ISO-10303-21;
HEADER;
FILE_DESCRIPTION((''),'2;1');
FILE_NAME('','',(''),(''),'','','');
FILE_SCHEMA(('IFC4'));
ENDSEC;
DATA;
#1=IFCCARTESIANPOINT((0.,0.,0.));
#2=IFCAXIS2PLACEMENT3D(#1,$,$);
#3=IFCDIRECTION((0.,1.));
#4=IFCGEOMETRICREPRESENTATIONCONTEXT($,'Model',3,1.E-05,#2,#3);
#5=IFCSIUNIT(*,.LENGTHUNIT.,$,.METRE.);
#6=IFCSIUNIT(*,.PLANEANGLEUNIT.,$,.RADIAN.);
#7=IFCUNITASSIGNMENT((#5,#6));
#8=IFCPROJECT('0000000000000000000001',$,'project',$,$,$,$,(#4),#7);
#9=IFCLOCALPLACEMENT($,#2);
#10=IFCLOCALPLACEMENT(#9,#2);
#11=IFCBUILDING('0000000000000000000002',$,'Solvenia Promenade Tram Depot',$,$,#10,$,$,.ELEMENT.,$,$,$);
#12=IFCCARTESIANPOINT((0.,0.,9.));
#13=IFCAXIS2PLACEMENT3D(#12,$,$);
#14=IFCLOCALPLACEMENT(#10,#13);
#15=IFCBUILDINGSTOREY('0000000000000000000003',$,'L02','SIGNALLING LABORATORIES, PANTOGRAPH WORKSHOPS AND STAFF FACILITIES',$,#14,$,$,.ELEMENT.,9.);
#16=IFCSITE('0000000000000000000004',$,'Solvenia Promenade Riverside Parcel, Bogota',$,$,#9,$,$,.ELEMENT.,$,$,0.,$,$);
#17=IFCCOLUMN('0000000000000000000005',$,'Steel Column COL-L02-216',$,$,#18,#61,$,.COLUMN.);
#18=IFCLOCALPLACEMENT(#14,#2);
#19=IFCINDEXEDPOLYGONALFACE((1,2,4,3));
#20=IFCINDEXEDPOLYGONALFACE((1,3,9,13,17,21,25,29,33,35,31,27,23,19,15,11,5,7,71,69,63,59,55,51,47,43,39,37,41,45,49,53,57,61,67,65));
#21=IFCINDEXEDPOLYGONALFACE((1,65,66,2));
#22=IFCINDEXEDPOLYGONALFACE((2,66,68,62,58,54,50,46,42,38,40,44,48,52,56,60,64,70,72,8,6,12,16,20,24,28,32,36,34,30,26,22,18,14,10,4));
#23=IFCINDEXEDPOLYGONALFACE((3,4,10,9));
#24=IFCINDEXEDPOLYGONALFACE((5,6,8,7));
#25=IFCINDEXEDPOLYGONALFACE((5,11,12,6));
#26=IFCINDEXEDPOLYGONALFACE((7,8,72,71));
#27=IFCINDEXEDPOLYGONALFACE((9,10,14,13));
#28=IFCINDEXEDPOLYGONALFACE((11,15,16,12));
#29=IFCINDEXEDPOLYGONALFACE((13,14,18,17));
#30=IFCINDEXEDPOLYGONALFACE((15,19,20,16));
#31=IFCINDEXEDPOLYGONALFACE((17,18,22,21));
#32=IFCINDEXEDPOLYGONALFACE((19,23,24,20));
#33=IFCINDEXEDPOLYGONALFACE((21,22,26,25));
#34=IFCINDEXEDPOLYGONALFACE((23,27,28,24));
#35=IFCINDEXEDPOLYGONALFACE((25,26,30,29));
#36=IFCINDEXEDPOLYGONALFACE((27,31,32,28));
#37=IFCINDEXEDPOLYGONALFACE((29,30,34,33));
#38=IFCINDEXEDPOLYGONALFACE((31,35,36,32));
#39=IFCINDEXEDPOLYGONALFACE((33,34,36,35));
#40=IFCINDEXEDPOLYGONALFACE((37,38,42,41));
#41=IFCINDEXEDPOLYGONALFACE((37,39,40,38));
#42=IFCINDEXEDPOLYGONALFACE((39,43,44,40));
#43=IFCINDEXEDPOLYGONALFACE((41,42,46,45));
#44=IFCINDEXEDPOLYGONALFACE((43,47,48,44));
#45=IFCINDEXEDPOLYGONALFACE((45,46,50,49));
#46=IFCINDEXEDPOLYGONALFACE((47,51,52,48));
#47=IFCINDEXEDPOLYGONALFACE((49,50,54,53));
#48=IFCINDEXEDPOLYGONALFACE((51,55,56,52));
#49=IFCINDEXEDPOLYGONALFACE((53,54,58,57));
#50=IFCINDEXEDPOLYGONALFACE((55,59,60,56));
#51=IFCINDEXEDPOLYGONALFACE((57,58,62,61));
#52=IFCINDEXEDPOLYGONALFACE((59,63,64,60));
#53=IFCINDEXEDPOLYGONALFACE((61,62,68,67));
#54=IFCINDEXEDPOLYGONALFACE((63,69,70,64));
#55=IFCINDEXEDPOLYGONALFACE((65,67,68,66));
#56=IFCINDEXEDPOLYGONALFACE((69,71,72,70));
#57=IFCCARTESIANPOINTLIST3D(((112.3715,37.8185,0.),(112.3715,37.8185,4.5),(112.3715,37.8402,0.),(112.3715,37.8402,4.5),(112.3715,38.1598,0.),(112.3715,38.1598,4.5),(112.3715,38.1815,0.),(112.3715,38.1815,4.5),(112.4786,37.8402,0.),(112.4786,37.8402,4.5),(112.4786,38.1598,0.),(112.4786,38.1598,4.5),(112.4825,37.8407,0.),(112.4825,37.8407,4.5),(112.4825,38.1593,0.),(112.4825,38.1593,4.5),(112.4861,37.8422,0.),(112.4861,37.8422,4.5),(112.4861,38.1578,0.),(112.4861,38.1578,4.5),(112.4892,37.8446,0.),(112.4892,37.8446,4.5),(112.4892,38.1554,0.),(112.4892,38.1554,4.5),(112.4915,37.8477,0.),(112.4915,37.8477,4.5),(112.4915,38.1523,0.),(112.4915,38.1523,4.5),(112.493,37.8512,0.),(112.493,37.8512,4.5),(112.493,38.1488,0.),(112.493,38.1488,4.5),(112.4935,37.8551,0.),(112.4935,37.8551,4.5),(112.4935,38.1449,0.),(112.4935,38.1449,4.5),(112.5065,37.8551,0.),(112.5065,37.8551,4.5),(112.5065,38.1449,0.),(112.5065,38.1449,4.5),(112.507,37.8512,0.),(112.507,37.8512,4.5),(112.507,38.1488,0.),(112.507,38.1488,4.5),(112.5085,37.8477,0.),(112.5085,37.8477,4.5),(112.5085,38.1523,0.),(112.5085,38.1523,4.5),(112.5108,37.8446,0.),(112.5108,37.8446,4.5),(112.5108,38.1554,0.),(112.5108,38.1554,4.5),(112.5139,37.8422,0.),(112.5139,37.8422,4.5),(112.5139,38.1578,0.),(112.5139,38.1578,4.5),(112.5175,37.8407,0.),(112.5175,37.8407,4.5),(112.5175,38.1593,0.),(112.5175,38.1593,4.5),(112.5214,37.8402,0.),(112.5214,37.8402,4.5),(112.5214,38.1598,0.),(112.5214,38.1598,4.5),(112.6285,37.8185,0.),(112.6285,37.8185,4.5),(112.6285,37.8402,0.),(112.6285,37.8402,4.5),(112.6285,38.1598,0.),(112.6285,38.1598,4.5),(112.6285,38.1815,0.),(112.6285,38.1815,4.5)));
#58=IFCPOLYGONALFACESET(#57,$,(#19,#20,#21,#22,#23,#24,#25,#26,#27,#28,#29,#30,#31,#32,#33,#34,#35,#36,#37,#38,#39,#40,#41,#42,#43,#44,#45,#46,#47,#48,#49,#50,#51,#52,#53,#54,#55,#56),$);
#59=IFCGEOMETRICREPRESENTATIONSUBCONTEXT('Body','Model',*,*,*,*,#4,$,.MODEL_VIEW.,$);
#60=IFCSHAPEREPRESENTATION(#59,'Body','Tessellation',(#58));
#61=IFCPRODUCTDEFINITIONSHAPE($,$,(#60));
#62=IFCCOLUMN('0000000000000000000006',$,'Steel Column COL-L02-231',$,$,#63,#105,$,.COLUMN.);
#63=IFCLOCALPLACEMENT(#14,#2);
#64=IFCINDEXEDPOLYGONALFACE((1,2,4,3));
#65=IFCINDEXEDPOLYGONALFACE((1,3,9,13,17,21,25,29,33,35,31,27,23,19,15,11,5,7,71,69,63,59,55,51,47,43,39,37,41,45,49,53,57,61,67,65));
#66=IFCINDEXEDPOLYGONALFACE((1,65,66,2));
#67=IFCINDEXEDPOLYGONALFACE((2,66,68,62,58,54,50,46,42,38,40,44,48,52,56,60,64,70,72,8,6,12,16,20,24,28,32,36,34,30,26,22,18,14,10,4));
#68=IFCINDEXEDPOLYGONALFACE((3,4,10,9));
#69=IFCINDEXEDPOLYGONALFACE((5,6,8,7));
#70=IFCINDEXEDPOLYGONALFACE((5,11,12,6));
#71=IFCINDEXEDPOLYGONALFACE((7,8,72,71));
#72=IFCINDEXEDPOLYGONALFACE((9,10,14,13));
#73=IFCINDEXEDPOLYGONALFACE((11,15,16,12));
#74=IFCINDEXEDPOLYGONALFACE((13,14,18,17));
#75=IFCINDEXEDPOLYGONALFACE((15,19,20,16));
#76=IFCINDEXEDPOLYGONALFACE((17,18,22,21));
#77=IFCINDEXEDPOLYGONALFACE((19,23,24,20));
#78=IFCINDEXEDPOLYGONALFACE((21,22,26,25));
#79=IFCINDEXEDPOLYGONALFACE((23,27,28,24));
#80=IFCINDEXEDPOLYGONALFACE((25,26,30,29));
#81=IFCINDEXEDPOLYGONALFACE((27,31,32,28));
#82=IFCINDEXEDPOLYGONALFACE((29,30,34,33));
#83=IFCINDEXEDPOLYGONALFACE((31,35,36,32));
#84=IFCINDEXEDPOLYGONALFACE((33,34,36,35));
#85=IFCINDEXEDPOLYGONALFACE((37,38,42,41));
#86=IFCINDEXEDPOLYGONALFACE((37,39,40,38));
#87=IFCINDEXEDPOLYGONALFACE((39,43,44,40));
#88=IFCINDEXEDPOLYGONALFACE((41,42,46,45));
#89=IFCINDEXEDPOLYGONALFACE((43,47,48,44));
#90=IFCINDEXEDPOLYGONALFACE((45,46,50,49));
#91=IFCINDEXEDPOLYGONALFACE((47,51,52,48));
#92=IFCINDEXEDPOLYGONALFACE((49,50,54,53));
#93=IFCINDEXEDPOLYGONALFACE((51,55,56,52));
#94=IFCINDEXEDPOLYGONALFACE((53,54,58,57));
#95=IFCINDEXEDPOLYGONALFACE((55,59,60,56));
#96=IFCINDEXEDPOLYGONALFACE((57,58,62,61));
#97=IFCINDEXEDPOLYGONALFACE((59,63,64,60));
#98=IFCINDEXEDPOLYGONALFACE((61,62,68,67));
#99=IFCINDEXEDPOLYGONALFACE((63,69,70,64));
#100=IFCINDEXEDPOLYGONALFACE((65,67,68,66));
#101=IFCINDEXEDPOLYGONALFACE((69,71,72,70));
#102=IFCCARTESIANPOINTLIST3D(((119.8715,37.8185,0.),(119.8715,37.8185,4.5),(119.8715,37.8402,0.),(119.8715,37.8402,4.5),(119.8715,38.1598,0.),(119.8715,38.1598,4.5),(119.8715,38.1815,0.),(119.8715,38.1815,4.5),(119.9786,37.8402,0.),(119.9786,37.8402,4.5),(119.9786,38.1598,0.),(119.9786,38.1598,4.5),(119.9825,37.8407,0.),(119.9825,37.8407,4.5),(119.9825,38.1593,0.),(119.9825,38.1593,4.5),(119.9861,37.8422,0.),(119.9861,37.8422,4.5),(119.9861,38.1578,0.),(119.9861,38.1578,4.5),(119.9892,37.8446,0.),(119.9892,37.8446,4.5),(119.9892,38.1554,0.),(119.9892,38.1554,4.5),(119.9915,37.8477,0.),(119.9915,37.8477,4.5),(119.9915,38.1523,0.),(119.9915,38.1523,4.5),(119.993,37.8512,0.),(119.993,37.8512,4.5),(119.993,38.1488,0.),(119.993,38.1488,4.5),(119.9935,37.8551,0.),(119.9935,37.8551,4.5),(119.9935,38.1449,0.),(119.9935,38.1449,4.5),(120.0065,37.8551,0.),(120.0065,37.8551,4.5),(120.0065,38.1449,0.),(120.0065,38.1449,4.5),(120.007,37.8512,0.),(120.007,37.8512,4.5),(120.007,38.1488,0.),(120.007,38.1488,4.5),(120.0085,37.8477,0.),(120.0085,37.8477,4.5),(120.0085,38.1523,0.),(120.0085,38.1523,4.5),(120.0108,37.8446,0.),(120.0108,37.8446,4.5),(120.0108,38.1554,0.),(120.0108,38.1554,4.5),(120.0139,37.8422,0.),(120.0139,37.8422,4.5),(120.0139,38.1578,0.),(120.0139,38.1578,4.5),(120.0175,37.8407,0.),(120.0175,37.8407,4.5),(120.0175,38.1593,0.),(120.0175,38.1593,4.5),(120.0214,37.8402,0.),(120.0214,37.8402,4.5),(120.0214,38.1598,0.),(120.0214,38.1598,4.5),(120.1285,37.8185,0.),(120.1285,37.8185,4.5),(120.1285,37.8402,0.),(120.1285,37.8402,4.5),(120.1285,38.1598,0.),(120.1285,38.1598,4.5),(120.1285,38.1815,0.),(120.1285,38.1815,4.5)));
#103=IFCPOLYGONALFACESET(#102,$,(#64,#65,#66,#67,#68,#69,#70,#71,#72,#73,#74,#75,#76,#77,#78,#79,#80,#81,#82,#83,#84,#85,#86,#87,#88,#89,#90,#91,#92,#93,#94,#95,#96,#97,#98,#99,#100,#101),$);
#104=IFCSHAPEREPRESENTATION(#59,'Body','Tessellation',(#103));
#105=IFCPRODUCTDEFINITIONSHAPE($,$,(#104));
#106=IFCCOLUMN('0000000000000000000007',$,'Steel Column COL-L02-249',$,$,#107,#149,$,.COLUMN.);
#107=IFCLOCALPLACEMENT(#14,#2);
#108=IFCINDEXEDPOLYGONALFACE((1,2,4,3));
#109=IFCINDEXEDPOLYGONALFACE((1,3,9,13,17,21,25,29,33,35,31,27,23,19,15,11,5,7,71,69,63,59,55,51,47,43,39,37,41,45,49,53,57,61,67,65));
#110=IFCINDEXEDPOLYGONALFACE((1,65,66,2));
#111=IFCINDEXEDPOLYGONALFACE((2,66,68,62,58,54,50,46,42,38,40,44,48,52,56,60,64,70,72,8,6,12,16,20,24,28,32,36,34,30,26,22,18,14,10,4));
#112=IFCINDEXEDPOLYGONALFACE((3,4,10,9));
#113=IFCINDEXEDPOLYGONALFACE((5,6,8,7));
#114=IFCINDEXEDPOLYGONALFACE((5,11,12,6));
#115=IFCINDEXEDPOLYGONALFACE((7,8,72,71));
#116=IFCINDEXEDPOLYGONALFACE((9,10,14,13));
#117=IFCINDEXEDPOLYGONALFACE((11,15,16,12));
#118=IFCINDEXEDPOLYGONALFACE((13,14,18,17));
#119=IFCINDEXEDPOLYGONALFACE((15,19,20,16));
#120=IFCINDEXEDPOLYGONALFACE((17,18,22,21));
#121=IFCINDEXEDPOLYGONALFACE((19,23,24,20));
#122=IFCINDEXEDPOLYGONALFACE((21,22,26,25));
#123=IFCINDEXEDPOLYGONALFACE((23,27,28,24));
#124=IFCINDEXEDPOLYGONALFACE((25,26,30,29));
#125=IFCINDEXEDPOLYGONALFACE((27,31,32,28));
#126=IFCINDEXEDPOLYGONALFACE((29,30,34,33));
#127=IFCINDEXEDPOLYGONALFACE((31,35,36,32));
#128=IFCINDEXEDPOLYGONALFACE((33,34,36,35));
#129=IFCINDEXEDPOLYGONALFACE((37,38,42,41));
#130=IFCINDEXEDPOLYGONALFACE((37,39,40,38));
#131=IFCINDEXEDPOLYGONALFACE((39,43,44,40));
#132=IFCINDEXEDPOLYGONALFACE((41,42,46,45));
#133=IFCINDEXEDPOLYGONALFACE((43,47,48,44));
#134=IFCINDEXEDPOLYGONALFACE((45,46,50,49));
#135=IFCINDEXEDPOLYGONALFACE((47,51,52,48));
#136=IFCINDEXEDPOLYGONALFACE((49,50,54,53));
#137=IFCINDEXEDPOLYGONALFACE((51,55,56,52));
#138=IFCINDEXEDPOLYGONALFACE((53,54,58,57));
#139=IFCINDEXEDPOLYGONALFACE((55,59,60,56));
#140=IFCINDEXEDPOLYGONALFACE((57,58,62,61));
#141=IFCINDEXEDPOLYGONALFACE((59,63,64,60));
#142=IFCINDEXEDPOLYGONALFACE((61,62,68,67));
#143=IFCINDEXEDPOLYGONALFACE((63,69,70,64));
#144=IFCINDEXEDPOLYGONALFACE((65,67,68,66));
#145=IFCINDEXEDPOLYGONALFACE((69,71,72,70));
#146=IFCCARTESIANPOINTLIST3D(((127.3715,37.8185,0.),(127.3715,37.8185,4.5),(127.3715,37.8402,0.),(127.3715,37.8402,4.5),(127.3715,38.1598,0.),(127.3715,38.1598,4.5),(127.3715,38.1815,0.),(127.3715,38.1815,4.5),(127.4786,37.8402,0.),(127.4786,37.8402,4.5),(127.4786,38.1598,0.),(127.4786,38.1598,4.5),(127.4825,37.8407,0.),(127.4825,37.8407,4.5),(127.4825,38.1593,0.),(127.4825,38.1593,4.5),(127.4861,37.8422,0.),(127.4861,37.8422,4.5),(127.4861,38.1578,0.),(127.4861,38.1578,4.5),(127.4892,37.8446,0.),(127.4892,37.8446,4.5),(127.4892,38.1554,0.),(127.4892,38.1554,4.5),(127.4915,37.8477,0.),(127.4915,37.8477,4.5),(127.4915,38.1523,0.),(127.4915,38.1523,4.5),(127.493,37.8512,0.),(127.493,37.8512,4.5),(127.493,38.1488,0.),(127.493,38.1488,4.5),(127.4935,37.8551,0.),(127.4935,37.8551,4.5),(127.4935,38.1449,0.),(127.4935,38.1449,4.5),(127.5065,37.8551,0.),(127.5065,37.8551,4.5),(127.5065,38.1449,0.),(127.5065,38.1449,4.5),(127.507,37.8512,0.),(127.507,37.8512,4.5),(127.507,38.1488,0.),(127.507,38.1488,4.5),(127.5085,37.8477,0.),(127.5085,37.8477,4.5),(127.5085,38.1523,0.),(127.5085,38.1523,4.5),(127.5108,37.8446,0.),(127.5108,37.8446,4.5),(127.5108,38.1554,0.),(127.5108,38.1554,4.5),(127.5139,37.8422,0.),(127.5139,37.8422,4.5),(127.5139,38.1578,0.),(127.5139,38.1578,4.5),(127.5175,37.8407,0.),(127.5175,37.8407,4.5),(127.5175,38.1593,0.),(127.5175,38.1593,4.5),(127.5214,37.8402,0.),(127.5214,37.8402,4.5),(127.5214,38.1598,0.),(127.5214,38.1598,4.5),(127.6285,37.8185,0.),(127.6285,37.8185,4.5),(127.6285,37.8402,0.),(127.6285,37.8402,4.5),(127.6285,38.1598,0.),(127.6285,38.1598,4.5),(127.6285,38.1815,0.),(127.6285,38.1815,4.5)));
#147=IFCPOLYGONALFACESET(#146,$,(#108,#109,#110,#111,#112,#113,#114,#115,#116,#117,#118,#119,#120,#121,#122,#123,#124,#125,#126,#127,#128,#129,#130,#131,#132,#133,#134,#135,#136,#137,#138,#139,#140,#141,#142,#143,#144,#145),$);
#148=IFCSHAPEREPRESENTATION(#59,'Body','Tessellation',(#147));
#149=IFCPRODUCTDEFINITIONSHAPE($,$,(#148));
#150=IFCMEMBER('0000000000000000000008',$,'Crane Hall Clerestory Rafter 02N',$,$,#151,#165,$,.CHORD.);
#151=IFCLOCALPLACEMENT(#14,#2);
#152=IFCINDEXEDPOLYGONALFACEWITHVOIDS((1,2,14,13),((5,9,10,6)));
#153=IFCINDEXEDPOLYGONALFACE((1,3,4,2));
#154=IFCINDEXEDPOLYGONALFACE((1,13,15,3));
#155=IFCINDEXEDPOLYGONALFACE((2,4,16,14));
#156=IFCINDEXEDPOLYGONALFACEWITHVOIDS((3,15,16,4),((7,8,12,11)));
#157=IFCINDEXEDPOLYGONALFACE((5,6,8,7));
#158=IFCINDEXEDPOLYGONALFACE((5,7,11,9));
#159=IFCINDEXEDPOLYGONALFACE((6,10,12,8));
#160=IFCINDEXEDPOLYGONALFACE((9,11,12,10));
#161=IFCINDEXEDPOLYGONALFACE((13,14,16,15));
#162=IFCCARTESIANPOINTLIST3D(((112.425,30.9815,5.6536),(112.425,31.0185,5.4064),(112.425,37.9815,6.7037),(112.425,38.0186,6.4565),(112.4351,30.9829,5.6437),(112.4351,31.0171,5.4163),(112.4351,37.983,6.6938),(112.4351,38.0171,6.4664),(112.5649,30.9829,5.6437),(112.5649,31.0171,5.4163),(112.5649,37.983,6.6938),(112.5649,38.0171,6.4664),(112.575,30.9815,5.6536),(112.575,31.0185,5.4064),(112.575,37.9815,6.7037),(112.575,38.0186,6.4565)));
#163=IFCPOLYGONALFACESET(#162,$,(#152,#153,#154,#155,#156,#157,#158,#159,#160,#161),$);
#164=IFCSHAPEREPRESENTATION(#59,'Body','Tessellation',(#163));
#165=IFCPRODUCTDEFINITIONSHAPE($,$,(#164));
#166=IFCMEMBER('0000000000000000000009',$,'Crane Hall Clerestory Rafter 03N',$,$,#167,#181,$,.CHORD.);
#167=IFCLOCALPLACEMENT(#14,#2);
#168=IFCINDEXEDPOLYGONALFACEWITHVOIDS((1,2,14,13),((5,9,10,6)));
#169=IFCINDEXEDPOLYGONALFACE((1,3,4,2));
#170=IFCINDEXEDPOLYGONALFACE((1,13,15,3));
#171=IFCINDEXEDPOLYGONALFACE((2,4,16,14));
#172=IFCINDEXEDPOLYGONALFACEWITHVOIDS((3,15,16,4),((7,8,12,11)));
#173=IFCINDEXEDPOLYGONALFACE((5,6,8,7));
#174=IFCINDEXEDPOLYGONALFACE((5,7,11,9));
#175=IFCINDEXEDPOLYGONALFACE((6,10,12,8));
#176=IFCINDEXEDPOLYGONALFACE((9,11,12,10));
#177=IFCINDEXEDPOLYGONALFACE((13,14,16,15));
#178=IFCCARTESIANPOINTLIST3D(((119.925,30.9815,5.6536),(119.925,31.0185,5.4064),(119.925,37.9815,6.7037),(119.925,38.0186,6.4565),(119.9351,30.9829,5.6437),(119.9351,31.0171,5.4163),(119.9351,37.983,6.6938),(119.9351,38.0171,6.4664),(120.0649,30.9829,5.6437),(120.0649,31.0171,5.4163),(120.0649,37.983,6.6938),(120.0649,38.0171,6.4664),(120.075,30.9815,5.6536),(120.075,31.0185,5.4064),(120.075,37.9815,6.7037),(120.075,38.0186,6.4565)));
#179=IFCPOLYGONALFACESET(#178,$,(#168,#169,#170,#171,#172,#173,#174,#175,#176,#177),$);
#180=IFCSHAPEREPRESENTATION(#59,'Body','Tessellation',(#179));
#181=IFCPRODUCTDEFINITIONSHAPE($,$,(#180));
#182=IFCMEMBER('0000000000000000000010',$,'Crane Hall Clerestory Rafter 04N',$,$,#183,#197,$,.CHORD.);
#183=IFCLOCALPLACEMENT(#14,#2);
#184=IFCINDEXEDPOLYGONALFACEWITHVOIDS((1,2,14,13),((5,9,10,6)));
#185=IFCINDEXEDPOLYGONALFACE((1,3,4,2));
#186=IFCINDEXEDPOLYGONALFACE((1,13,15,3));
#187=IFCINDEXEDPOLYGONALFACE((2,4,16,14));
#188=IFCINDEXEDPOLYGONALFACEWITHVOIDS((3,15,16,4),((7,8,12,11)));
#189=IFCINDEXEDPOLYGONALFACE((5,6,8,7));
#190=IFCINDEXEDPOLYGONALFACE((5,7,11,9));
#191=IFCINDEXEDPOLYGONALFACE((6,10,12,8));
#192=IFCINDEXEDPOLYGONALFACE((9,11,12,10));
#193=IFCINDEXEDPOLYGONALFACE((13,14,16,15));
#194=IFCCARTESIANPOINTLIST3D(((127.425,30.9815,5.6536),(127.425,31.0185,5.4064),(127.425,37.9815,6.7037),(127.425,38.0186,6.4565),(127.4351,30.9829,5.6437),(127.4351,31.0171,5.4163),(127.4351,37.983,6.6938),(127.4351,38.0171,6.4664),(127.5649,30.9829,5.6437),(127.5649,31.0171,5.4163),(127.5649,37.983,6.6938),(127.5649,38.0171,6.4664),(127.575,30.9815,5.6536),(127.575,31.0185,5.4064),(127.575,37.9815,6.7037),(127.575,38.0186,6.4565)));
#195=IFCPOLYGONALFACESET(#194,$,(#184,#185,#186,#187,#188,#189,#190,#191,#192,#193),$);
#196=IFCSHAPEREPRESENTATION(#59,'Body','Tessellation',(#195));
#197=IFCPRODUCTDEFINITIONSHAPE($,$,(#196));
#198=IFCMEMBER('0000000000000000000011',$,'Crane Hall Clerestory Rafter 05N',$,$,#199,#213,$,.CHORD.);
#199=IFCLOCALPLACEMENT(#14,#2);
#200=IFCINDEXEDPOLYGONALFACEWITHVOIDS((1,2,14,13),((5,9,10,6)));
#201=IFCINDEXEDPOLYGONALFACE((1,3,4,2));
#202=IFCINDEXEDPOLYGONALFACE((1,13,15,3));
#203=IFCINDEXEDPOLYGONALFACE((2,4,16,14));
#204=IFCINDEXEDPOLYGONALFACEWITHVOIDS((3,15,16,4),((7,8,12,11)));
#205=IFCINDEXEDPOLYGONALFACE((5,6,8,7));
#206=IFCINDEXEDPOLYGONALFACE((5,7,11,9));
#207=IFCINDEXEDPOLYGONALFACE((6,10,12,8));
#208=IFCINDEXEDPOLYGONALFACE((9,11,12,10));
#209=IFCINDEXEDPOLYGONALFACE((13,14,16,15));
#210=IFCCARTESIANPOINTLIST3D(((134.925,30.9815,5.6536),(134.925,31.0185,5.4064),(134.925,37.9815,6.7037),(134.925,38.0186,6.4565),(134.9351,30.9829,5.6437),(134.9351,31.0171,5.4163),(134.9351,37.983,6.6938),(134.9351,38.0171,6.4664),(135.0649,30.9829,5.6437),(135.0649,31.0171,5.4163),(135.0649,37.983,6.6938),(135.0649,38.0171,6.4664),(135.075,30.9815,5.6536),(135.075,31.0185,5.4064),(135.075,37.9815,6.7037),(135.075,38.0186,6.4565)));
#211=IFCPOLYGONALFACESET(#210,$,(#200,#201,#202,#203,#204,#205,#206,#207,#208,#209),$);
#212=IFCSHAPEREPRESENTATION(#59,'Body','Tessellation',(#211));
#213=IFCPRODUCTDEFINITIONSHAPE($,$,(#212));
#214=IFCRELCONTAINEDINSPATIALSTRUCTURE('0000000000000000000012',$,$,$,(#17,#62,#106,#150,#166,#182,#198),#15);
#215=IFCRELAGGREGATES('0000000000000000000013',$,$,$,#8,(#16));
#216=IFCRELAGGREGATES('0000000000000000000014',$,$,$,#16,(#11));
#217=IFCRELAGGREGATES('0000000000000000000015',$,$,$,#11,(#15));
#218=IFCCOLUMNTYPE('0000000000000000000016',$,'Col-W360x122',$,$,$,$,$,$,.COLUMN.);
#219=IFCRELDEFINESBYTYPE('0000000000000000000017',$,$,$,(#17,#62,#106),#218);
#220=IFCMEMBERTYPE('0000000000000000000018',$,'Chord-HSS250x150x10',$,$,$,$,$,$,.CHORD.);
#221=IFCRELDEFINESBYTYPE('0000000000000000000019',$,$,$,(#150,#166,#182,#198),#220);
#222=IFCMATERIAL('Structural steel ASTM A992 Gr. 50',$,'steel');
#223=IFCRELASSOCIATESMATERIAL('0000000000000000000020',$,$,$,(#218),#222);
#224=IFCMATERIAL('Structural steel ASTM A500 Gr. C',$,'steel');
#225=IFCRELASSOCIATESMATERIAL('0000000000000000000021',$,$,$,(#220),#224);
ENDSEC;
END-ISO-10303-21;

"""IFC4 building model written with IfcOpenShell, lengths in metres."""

from ifc_helpers import new_model, si_unit, direction, frame, origin, origin_2d, place, context, subcontext, project, spatial, hollow_rectangle, i_section, extrude, material, material_profile, profile_set, type_object, element, save


model = new_model("IFC4")

# Units and contexts
model_context = context("Model", 3, precision=1e-05, world=origin(), true_north=direction((0.0, 1.0)))
body_context = subcontext(model_context, "Body", "Model", "MODEL_VIEW")
ifc_project = project(units=[si_unit("LENGTHUNIT", "METRE"), si_unit("PLANEANGLEUNIT", "RADIAN")], contexts=[model_context])

# Site, building, storey
site_placement = place(None, origin())
site = spatial("IfcSite", under=ifc_project, at=site_placement, Name="Solvenia Promenade Riverside Parcel, Bogota", CompositionType="ELEMENT", RefElevation=0.0)
building_placement = place(site_placement, origin())
building = spatial("IfcBuilding", under=site, at=building_placement, Name="Solvenia Promenade Tram Depot", CompositionType="ELEMENT")
storey_placement = place(building_placement, frame((0.0, 0.0, 9.0)))
storey = spatial("IfcBuildingStorey", under=building, at=storey_placement, Name="L02", Description="SIGNALLING LABORATORIES, PANTOGRAPH WORKSHOPS AND STAFF FACILITIES", CompositionType="ELEMENT", Elevation=9.0)

# Columns
ifc_material_1 = material(Name="Structural steel ASTM A992 Gr. 50", Category="steel")
ifc_material_profile_1 = material_profile(ifc_material_1, i_section(OverallWidth=0.2571, OverallDepth=0.363, WebThickness=0.0129, FlangeThickness=0.0217, FilletRadius=0.0149, at=origin_2d()), Name="W360x122", Category="steel")
ifc_profile_set_1 = profile_set([ifc_material_profile_1], Name="Structural steel ASTM A992 Gr. 50")
column_type = type_object("IfcColumnType", Name="Col-W360x122", PredefinedType="COLUMN", material=ifc_profile_set_1)
for number, where, z_axis, x_axis, name in (
    (1, (112.5, 38.0, 0.0), (0.0, 0.0, 1.0), (1.0, 0.0, 0.0), "Steel Column COL-L02-216"),
    (2, (120.0, 38.0, 0.0), (0.0, 0.0, 1.0), (1.0, 0.0, 0.0), "Steel Column COL-L02-231"),
    (3, (127.5, 38.0, 0.0), (0.0, 0.0, 1.0), (1.0, 0.0, 0.0), "Steel Column COL-L02-249"),
):
    element("IfcColumn", number, at=place(storey_placement, frame(where, z_axis=z_axis, x_axis=x_axis)), inside=storey, type_object=column_type, Name=name, PredefinedType="COLUMN", context=body_context, shape_type="SweptSolid", body=[
        extrude(i_section(OverallWidth=0.2571, OverallDepth=0.363, WebThickness=0.0129, FlangeThickness=0.0217, FilletRadius=0.0149, at=origin_2d()), origin(), (0.0, 0.0, 1.0), 4.5),
    ])

# Members
ifc_material_2 = material(Name="Structural steel ASTM A500 Gr. C", Category="steel")
ifc_material_profile_2 = material_profile(ifc_material_2, hollow_rectangle(XDim=0.1499, YDim=0.25, WallThickness=0.01, at=origin_2d()), Name="HSS250x150x10", Category="steel")
ifc_profile_set_2 = profile_set([ifc_material_profile_2], Name="Structural steel ASTM A500 Gr. C")
member_type_1 = type_object("IfcMemberType", Name="Chord-HSS250x150x10", PredefinedType="CHORD", material=ifc_profile_set_2)
for number, where, z_axis, x_axis, name in (
    (4, (112.5, 31.0, 5.53), (0.0, 0.988935, 0.148347), (-1.0, 0.0, 0.0), "Crane Hall Clerestory Rafter 02N"),
    (5, (120.0, 31.0, 5.53), (0.0, 0.988935, 0.148347), (-1.0, 0.0, 0.0), "Crane Hall Clerestory Rafter 03N"),
    (6, (127.5, 31.0, 5.53), (0.0, 0.988935, 0.148347), (-1.0, 0.0, 0.0), "Crane Hall Clerestory Rafter 04N"),
    (7, (135.0, 31.0, 5.53), (0.0, 0.988935, 0.148347), (-1.0, 0.0, 0.0), "Crane Hall Clerestory Rafter 05N"),
):
    element("IfcMember", number, at=place(storey_placement, frame(where, z_axis=z_axis, x_axis=x_axis)), inside=storey, type_object=member_type_1, Name=name, PredefinedType="CHORD", context=body_context, shape_type="SweptSolid", body=[
        extrude(hollow_rectangle(XDim=0.1499, YDim=0.25, WallThickness=0.01, at=origin_2d()), origin(), (0.0, 0.0, 1.0), 7.0784),
    ])

save(model, "model.ifc")
